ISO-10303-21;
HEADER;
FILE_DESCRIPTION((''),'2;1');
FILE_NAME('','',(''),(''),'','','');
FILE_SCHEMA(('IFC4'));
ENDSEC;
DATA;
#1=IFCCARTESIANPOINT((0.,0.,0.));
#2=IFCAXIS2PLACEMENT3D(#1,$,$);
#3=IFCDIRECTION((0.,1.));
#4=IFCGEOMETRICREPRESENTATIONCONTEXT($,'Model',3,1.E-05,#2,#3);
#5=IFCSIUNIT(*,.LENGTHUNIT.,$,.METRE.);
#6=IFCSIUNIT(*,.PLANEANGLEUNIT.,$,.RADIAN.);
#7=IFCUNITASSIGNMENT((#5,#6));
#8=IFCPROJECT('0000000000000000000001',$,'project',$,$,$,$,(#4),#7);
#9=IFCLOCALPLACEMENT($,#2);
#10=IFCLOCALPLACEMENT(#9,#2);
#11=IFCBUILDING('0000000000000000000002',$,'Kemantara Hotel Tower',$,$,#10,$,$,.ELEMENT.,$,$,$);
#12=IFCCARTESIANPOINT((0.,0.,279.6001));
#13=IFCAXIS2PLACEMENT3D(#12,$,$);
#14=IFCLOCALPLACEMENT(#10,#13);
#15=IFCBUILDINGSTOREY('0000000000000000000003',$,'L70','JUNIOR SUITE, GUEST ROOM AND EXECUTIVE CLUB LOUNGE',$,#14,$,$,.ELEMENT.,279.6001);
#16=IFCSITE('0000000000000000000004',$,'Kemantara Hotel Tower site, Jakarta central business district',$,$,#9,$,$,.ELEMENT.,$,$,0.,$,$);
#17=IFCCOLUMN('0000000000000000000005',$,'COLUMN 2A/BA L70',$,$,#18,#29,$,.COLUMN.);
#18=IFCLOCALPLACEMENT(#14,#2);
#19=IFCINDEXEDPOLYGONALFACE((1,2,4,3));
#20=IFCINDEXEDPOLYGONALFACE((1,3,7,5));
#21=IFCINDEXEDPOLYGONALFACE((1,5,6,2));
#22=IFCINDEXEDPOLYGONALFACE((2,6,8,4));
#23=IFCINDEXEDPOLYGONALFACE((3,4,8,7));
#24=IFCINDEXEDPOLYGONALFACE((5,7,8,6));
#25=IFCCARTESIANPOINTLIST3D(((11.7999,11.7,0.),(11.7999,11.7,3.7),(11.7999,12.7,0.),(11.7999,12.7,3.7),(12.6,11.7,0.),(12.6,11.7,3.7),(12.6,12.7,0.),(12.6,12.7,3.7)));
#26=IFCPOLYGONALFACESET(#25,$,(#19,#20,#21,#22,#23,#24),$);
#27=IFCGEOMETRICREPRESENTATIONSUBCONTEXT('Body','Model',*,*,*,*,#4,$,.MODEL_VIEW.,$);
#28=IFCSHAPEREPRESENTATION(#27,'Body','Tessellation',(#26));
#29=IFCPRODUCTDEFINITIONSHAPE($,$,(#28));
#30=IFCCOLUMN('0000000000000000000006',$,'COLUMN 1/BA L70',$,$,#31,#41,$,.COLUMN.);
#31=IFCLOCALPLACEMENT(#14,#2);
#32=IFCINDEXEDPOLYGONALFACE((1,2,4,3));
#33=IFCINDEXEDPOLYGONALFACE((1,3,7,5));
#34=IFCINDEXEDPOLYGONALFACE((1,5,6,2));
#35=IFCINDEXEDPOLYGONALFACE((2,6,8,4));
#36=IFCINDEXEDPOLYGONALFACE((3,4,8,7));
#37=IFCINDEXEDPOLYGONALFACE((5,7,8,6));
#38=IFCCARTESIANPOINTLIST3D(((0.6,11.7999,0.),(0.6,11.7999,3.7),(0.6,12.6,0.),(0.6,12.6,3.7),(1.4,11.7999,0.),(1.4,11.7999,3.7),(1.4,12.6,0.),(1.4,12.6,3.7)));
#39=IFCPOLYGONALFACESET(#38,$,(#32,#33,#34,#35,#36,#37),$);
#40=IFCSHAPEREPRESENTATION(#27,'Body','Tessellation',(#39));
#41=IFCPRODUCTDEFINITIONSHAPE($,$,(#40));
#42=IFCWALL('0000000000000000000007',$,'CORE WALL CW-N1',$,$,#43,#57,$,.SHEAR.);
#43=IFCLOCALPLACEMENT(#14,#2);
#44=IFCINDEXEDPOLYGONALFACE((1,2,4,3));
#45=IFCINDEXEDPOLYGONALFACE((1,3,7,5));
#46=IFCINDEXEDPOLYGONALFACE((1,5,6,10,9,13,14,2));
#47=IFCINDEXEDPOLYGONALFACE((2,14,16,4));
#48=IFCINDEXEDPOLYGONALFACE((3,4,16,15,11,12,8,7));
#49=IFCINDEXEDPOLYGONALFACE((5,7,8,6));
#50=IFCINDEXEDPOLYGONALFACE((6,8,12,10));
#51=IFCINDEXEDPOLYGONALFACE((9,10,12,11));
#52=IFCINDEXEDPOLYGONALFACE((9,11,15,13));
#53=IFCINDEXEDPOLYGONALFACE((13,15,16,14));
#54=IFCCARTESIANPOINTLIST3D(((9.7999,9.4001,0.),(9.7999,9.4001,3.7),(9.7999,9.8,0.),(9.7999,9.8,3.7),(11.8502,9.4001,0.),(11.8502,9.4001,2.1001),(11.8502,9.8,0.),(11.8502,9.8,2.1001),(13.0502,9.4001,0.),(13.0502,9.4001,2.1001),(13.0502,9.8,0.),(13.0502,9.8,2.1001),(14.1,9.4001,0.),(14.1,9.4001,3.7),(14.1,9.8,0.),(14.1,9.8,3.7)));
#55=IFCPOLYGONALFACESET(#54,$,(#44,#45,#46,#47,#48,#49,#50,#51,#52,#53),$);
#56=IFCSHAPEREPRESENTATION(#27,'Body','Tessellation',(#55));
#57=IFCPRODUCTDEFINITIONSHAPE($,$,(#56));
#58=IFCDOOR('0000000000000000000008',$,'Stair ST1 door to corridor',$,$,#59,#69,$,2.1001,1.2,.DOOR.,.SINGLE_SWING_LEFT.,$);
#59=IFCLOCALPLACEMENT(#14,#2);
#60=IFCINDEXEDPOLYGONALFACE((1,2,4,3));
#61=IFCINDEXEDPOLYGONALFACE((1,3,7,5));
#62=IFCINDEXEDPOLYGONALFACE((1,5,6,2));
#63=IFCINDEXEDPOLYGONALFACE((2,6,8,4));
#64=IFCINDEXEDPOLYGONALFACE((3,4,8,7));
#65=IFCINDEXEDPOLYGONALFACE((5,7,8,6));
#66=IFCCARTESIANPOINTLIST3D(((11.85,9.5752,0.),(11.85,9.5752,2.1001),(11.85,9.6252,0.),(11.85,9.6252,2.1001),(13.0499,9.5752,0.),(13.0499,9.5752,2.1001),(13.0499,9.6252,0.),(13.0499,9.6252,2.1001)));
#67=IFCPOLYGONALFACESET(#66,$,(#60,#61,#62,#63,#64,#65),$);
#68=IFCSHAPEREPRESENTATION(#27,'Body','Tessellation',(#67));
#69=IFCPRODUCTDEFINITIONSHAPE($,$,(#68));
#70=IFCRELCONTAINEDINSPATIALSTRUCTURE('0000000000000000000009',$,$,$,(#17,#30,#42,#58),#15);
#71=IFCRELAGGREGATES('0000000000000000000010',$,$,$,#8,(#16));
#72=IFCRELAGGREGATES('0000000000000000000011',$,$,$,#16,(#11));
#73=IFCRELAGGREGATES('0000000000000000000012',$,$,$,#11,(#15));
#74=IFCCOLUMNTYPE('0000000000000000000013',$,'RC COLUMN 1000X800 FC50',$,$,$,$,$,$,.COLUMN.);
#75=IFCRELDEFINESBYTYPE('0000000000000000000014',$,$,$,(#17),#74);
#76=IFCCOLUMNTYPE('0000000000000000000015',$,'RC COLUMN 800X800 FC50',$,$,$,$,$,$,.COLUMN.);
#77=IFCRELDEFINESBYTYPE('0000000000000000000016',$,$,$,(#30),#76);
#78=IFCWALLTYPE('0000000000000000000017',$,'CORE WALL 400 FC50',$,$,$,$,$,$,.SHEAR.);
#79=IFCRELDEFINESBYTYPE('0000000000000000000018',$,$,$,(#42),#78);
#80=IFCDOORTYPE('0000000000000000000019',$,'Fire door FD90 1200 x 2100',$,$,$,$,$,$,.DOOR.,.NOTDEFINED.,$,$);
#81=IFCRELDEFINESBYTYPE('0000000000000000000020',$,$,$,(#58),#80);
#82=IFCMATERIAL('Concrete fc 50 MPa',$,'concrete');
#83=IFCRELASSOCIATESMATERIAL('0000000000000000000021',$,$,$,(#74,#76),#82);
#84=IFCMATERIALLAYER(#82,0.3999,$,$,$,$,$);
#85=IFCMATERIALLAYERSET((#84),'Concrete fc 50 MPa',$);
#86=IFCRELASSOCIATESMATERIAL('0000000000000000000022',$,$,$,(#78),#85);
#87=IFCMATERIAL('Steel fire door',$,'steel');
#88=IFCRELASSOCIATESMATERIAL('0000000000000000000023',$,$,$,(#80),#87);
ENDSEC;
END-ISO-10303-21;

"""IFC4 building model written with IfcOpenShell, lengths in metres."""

from ifc_helpers import new_model, si_unit, direction, frame, frame_2d, origin, origin_2d, place, context, subcontext, project, spatial, rectangle, extrude, material, layer, layer_set, material_profile, profile_set, type_object, element, fill, save


model = new_model("IFC4")

# Units and contexts
model_context = context("Model", 3, precision=1e-05, world=origin(), true_north=direction((0.0, 1.0)))
body_context = subcontext(model_context, "Body", "Model", "MODEL_VIEW")
ifc_project = project(units=[si_unit("LENGTHUNIT", "METRE"), si_unit("PLANEANGLEUNIT", "RADIAN")], contexts=[model_context])

# Site, building, storey
site_placement = place(None, origin())
site = spatial("IfcSite", under=ifc_project, at=site_placement, Name="Kemantara Hotel Tower site, Jakarta central business district", CompositionType="ELEMENT", RefElevation=0.0)
building_placement = place(site_placement, origin())
building = spatial("IfcBuilding", under=site, at=building_placement, Name="Kemantara Hotel Tower", CompositionType="ELEMENT")
storey_placement = place(building_placement, frame((0.0, 0.0, 279.6001)))
storey = spatial("IfcBuildingStorey", under=building, at=storey_placement, Name="L70", Description="JUNIOR SUITE, GUEST ROOM AND EXECUTIVE CLUB LOUNGE", CompositionType="ELEMENT", Elevation=279.6001)

# Columns
ifc_material_1 = material(Name="Concrete fc 50 MPa", Category="concrete")
ifc_material_profile_1 = material_profile(ifc_material_1, rectangle(XDim=1.0, YDim=0.8, at=origin_2d()), Name="RC 1000X800")
ifc_profile_set_1 = profile_set([ifc_material_profile_1], Name="Concrete fc 50 MPa")
column_type_1 = type_object("IfcColumnType", Name="RC COLUMN 1000X800 FC50", PredefinedType="COLUMN", material=ifc_profile_set_1)
column_1_placement = place(storey_placement, frame((12.2, 12.2, 0.0), z_axis=(0.0, 0.0, 1.0), x_axis=(0.0, 1.0, 0.0)))
element("IfcColumn", 1, at=column_1_placement, inside=storey, type_object=column_type_1, Name="COLUMN 2A/BA L70", PredefinedType="COLUMN", context=body_context, shape_type="SweptSolid", body=[
    extrude(rectangle(XDim=1.0, YDim=0.8, at=origin_2d()), origin(), (0.0, 0.0, 1.0), 3.7),
])
ifc_material_profile_2 = material_profile(ifc_material_1, rectangle(XDim=0.8, YDim=0.8, at=origin_2d()), Name="RC 800X800")
ifc_profile_set_2 = profile_set([ifc_material_profile_2], Name="Concrete fc 50 MPa")
column_type_2 = type_object("IfcColumnType", Name="RC COLUMN 800X800 FC50", PredefinedType="COLUMN", material=ifc_profile_set_2)
column_2_placement = place(storey_placement, frame((1.0, 12.2, 0.0), z_axis=(0.0, 0.0, 1.0), x_axis=(1.0, 0.0, 0.0)))
element("IfcColumn", 2, at=column_2_placement, inside=storey, type_object=column_type_2, Name="COLUMN 1/BA L70", PredefinedType="COLUMN", context=body_context, shape_type="SweptSolid", body=[
    extrude(rectangle(XDim=0.8, YDim=0.8, at=origin_2d()), origin(), (0.0, 0.0, 1.0), 3.7),
])

# Wall, opening, door
ifc_layer_1 = layer(ifc_material_1, 0.3999)
ifc_layer_set_1 = layer_set([ifc_layer_1], Name="Concrete fc 50 MPa")
wall_type_1 = type_object("IfcWallType", Name="CORE WALL 400 FC50", PredefinedType="SHEAR", material=ifc_layer_set_1)
wall_1_placement = place(storey_placement, frame((9.8, 9.6001, 0.0), z_axis=(0.0, 0.0, 1.0), x_axis=(1.0, 0.0, 0.0)))
wall_1 = element("IfcWall", 3, at=wall_1_placement, inside=storey, type_object=wall_type_1, Name="CORE WALL CW-N1", PredefinedType="SHEAR", context=body_context, shape_type="SweptSolid", body=[
    extrude(rectangle(XDim=4.3, YDim=0.3999, at=frame_2d((2.1499, 0.0))), origin(), (0.0, 0.0, 1.0), 3.7),
])
opening_1_placement = place(wall_1_placement, frame((2.05, 0.0, 0.0)))
opening_1 = element("IfcOpeningElement", 4, at=opening_1_placement, cuts=wall_1, PredefinedType="OPENING", context=body_context, shape_type="SweptSolid", body=[
    extrude(rectangle(XDim=1.2, YDim=2.1001, at=frame_2d((0.6001, 1.05))), frame((0.0, 0.21, 0.0), z_axis=(0.0, -1.0, 0.0), x_axis=(1.0, 0.0, 0.0)), (0.0, 0.0, 1.0), 0.4199),
])
ifc_material_2 = material(Name="Steel fire door", Category="steel")
door_type_1 = type_object("IfcDoorType", Name="Fire door FD90 1200 x 2100", OperationType="NOTDEFINED", PredefinedType="DOOR", material=ifc_material_2)
door_1_placement = place(opening_1_placement, frame((1.2, 0.0, 0.0), z_axis=(0.0, 0.0, 1.0), x_axis=(-1.0, 0.0, 0.0)))
door_1 = element("IfcDoor", 5, at=door_1_placement, inside=storey, type_object=door_type_1, Name="Stair ST1 door to corridor", OperationType="SINGLE_SWING_LEFT", OverallHeight=2.1001, OverallWidth=1.2, PredefinedType="DOOR", context=body_context, shape_type="SweptSolid", body=[
    extrude(rectangle(XDim=1.2, YDim=2.1001, at=frame_2d((0.6001, 1.05))), frame((0.0, 0.0249, 0.0), z_axis=(0.0, -1.0, 0.0), x_axis=(1.0, 0.0, 0.0)), (0.0, 0.0, 1.0), 0.05),
])
fill(opening_1, door_1)

save(model, "model.ifc")
